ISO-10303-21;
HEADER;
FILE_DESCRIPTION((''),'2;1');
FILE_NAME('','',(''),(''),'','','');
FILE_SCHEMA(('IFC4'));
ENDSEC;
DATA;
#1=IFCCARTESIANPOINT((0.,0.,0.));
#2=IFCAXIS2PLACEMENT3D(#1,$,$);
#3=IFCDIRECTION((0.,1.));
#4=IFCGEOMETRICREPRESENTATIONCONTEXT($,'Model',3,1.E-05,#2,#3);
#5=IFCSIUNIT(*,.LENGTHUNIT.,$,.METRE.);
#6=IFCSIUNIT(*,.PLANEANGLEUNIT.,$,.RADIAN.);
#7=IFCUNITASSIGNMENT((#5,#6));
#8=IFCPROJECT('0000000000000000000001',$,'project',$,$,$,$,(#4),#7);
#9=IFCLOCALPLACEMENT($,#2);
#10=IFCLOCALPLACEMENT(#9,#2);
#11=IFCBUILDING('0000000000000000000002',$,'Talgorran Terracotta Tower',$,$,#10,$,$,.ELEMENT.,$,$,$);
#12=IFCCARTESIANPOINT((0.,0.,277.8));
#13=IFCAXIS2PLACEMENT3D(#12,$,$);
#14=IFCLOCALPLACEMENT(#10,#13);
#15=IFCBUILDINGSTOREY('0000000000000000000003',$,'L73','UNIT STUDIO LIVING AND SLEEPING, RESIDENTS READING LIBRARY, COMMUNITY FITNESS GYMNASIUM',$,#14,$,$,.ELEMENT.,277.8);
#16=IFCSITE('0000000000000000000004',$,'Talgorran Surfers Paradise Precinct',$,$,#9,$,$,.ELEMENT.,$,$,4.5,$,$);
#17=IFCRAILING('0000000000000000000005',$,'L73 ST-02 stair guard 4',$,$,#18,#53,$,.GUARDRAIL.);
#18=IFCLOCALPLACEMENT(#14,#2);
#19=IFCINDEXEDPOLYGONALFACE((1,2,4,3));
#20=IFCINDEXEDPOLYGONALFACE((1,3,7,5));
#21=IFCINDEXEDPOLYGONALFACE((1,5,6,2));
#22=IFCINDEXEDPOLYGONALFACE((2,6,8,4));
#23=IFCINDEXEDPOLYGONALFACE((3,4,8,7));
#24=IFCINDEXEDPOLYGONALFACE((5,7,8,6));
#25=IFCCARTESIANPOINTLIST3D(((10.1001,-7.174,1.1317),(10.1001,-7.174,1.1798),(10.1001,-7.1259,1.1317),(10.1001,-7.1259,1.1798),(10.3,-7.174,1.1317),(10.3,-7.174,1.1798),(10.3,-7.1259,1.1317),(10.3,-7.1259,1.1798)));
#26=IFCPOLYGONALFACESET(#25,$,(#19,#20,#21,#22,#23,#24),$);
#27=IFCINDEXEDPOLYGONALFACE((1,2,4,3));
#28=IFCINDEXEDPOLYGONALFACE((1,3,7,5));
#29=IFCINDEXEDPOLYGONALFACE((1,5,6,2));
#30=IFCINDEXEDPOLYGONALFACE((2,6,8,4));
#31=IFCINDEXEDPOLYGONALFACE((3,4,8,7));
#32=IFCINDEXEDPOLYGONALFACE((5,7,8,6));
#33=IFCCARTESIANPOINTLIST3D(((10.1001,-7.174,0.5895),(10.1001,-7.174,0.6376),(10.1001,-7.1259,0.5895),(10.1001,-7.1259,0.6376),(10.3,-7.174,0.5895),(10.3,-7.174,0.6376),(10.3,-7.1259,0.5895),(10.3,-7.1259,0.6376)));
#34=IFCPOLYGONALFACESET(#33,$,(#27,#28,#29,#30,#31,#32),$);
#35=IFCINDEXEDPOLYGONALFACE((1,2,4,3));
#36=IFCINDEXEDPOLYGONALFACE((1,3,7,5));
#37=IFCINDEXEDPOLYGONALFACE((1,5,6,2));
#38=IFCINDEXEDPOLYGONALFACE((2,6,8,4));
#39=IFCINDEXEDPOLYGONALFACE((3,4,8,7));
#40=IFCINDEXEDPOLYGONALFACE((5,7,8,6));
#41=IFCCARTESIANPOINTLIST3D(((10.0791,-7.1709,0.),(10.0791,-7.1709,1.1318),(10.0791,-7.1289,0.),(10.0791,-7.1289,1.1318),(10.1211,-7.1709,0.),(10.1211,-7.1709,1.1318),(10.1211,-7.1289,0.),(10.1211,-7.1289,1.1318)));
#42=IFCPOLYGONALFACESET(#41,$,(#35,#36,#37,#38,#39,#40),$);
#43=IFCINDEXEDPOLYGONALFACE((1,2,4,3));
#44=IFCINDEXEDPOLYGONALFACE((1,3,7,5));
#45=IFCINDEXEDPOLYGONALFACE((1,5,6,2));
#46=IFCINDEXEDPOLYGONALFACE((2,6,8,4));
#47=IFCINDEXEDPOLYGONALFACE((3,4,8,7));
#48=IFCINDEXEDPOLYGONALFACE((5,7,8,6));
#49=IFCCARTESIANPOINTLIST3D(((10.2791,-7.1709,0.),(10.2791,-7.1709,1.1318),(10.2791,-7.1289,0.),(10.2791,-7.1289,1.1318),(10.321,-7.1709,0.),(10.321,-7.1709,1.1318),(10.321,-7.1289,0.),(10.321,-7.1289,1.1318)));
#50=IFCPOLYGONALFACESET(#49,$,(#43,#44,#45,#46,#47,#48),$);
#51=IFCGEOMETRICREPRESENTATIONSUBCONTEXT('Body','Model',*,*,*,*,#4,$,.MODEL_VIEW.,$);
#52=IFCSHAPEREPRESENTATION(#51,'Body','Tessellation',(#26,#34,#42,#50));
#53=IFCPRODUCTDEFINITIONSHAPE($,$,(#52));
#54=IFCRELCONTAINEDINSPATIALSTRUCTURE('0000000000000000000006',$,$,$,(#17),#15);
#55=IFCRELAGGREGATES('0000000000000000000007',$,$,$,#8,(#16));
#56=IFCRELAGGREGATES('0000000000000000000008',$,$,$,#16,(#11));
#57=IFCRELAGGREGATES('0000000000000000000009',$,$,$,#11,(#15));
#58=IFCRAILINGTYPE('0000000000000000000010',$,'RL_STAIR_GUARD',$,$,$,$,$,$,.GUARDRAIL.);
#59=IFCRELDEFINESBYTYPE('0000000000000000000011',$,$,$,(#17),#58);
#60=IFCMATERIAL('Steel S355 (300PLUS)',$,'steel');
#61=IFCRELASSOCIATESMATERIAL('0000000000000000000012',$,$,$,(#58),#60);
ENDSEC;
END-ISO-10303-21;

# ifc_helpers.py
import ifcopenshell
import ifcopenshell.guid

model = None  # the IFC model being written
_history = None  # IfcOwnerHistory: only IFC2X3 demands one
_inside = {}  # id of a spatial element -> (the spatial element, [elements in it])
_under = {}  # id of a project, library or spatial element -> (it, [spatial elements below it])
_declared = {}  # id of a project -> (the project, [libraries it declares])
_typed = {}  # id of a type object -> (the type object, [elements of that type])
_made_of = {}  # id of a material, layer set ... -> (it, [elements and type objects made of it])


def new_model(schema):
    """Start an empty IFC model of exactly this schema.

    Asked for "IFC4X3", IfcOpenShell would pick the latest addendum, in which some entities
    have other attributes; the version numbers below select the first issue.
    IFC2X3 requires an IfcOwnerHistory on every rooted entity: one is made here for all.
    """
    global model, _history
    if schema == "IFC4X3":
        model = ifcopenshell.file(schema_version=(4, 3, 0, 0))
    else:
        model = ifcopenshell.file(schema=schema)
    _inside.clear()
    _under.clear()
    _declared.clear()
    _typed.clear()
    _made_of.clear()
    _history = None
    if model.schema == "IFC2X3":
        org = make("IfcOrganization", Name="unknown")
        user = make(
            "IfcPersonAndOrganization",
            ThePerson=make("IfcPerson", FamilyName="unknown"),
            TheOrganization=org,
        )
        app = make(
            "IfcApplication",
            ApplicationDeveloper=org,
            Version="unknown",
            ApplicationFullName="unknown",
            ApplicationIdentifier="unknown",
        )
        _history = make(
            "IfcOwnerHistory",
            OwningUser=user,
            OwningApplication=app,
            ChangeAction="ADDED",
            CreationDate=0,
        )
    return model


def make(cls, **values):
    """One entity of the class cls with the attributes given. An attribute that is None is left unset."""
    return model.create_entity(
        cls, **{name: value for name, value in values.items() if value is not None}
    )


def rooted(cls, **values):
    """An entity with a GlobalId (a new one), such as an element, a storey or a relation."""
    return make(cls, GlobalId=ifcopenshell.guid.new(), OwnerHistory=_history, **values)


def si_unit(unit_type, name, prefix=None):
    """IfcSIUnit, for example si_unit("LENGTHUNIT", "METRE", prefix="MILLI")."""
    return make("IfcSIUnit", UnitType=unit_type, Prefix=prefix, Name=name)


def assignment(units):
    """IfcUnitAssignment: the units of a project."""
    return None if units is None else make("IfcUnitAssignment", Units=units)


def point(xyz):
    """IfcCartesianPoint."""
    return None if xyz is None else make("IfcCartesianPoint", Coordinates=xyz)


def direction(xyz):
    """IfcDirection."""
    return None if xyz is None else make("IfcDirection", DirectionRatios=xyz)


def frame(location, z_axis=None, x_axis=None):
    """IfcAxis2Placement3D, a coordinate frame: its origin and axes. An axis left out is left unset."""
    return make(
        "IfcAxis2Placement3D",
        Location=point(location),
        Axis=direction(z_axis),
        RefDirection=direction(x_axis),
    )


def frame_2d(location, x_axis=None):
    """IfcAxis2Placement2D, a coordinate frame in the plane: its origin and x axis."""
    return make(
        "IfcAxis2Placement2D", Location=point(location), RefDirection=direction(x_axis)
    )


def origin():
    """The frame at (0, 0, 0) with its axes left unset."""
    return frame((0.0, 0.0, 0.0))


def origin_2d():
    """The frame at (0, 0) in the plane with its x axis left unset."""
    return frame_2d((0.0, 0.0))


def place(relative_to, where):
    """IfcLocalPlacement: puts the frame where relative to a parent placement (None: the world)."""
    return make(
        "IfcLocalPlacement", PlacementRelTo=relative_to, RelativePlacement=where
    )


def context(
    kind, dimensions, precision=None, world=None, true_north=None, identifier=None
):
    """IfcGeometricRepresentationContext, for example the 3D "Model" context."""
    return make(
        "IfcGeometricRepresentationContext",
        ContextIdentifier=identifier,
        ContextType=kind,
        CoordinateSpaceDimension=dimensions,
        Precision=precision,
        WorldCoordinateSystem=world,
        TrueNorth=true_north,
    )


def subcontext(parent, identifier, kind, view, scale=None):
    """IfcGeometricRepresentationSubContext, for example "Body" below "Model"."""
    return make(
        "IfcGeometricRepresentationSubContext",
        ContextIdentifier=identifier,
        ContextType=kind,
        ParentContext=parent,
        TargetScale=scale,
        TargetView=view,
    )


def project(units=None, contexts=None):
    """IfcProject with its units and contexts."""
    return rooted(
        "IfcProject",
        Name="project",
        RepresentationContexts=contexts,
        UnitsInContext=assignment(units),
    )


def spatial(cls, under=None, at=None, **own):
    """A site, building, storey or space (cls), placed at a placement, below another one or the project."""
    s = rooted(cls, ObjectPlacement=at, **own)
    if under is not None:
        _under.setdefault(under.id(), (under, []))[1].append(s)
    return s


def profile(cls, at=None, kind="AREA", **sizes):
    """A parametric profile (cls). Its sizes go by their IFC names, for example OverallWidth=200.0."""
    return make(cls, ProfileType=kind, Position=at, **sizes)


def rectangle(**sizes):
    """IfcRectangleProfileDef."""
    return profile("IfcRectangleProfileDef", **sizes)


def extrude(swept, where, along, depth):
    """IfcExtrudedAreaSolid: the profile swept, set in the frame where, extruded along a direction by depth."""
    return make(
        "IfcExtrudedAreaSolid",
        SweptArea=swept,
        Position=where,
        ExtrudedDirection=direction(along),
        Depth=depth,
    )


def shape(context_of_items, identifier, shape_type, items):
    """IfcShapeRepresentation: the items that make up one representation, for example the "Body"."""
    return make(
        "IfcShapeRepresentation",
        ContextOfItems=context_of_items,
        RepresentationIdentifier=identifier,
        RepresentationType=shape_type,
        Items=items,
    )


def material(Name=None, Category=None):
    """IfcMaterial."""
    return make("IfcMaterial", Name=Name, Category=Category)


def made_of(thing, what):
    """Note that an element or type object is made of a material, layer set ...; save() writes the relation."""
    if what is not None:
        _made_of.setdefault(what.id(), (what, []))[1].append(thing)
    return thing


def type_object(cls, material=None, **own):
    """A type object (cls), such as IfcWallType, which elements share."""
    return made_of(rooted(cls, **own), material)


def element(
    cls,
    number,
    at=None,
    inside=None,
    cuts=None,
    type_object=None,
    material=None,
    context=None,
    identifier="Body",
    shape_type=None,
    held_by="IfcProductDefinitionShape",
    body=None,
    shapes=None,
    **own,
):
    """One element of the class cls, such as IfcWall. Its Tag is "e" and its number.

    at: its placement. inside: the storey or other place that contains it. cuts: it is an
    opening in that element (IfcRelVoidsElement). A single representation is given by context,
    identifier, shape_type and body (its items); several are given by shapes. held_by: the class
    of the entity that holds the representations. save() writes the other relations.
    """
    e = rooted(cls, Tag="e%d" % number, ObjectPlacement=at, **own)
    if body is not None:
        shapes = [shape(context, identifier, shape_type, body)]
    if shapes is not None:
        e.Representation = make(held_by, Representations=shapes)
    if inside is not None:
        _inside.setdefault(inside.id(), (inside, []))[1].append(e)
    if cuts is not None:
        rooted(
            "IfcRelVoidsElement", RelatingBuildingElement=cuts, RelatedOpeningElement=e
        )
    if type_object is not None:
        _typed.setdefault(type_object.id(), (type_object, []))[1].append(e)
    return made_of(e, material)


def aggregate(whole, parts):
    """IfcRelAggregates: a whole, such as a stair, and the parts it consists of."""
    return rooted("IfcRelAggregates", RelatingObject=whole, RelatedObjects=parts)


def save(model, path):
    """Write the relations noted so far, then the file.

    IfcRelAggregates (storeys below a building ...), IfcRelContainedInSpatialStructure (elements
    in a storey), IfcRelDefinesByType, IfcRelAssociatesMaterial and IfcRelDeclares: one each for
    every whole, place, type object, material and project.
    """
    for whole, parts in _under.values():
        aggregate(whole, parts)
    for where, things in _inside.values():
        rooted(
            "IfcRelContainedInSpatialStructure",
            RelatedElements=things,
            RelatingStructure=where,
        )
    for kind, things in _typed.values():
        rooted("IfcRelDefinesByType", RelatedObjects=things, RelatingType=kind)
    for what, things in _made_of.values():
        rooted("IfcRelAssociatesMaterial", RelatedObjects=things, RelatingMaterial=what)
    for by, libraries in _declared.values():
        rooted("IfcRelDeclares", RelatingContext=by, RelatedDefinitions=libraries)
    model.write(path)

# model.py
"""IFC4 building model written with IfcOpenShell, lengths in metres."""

from ifc_helpers import new_model, si_unit, direction, frame, origin, origin_2d, place, context, subcontext, project, spatial, rectangle, extrude, material, type_object, element, save


model = new_model("IFC4")

# Units and contexts
model_context = context("Model", 3, precision=1e-05, world=origin(), true_north=direction((0.0, 1.0)))
body_context = subcontext(model_context, "Body", "Model", "MODEL_VIEW")
ifc_project = project(units=[si_unit("LENGTHUNIT", "METRE"), si_unit("PLANEANGLEUNIT", "RADIAN")], contexts=[model_context])

# Site, building, storey
site_placement = place(None, origin())
site = spatial("IfcSite", under=ifc_project, at=site_placement, Name="Talgorran Surfers Paradise Precinct", CompositionType="ELEMENT", RefElevation=4.5)
building_placement = place(site_placement, origin())
building = spatial("IfcBuilding", under=site, at=building_placement, Name="Talgorran Terracotta Tower", CompositionType="ELEMENT")
storey_placement = place(building_placement, frame((0.0, 0.0, 277.8)))
storey = spatial("IfcBuildingStorey", under=building, at=storey_placement, Name="L73", Description="UNIT STUDIO LIVING AND SLEEPING, RESIDENTS READING LIBRARY, COMMUNITY FITNESS GYMNASIUM", CompositionType="ELEMENT", Elevation=277.8)

# Shared definitions
ifc_material_1 = material(Name="Steel S355 (300PLUS)", Category="steel")

# Railing
railing_type_1 = type_object("IfcRailingType", Name="RL_STAIR_GUARD", PredefinedType="GUARDRAIL", material=ifc_material_1)
railing_1_placement = place(storey_placement, frame((10.1001, -7.1499, 0.0)))
element("IfcRailing", 1, at=railing_1_placement, inside=storey, type_object=railing_type_1, Name="L73 ST-02 stair guard 4", PredefinedType="GUARDRAIL", context=body_context, shape_type="SweptSolid", body=[
    extrude(rectangle(XDim=0.0481, YDim=0.0481, at=origin_2d()), frame((0.0, 0.0, 1.1558), z_axis=(1.0, 0.0, 0.0), x_axis=(0.0, 1.0, 0.0)), (0.0, 0.0, 1.0), 0.2),
    extrude(rectangle(XDim=0.0481, YDim=0.0481, at=origin_2d()), frame((0.0, 0.0, 0.6135), z_axis=(1.0, 0.0, 0.0), x_axis=(0.0, 1.0, 0.0)), (0.0, 0.0, 1.0), 0.2),
    extrude(rectangle(XDim=0.042, YDim=0.042, at=origin_2d()), origin(), (0.0, 0.0, 1.0), 1.1318),
    extrude(rectangle(XDim=0.042, YDim=0.042, at=origin_2d()), frame((0.2, 0.0, 0.0)), (0.0, 0.0, 1.0), 1.1318),
])

save(model, "model.ifc")
